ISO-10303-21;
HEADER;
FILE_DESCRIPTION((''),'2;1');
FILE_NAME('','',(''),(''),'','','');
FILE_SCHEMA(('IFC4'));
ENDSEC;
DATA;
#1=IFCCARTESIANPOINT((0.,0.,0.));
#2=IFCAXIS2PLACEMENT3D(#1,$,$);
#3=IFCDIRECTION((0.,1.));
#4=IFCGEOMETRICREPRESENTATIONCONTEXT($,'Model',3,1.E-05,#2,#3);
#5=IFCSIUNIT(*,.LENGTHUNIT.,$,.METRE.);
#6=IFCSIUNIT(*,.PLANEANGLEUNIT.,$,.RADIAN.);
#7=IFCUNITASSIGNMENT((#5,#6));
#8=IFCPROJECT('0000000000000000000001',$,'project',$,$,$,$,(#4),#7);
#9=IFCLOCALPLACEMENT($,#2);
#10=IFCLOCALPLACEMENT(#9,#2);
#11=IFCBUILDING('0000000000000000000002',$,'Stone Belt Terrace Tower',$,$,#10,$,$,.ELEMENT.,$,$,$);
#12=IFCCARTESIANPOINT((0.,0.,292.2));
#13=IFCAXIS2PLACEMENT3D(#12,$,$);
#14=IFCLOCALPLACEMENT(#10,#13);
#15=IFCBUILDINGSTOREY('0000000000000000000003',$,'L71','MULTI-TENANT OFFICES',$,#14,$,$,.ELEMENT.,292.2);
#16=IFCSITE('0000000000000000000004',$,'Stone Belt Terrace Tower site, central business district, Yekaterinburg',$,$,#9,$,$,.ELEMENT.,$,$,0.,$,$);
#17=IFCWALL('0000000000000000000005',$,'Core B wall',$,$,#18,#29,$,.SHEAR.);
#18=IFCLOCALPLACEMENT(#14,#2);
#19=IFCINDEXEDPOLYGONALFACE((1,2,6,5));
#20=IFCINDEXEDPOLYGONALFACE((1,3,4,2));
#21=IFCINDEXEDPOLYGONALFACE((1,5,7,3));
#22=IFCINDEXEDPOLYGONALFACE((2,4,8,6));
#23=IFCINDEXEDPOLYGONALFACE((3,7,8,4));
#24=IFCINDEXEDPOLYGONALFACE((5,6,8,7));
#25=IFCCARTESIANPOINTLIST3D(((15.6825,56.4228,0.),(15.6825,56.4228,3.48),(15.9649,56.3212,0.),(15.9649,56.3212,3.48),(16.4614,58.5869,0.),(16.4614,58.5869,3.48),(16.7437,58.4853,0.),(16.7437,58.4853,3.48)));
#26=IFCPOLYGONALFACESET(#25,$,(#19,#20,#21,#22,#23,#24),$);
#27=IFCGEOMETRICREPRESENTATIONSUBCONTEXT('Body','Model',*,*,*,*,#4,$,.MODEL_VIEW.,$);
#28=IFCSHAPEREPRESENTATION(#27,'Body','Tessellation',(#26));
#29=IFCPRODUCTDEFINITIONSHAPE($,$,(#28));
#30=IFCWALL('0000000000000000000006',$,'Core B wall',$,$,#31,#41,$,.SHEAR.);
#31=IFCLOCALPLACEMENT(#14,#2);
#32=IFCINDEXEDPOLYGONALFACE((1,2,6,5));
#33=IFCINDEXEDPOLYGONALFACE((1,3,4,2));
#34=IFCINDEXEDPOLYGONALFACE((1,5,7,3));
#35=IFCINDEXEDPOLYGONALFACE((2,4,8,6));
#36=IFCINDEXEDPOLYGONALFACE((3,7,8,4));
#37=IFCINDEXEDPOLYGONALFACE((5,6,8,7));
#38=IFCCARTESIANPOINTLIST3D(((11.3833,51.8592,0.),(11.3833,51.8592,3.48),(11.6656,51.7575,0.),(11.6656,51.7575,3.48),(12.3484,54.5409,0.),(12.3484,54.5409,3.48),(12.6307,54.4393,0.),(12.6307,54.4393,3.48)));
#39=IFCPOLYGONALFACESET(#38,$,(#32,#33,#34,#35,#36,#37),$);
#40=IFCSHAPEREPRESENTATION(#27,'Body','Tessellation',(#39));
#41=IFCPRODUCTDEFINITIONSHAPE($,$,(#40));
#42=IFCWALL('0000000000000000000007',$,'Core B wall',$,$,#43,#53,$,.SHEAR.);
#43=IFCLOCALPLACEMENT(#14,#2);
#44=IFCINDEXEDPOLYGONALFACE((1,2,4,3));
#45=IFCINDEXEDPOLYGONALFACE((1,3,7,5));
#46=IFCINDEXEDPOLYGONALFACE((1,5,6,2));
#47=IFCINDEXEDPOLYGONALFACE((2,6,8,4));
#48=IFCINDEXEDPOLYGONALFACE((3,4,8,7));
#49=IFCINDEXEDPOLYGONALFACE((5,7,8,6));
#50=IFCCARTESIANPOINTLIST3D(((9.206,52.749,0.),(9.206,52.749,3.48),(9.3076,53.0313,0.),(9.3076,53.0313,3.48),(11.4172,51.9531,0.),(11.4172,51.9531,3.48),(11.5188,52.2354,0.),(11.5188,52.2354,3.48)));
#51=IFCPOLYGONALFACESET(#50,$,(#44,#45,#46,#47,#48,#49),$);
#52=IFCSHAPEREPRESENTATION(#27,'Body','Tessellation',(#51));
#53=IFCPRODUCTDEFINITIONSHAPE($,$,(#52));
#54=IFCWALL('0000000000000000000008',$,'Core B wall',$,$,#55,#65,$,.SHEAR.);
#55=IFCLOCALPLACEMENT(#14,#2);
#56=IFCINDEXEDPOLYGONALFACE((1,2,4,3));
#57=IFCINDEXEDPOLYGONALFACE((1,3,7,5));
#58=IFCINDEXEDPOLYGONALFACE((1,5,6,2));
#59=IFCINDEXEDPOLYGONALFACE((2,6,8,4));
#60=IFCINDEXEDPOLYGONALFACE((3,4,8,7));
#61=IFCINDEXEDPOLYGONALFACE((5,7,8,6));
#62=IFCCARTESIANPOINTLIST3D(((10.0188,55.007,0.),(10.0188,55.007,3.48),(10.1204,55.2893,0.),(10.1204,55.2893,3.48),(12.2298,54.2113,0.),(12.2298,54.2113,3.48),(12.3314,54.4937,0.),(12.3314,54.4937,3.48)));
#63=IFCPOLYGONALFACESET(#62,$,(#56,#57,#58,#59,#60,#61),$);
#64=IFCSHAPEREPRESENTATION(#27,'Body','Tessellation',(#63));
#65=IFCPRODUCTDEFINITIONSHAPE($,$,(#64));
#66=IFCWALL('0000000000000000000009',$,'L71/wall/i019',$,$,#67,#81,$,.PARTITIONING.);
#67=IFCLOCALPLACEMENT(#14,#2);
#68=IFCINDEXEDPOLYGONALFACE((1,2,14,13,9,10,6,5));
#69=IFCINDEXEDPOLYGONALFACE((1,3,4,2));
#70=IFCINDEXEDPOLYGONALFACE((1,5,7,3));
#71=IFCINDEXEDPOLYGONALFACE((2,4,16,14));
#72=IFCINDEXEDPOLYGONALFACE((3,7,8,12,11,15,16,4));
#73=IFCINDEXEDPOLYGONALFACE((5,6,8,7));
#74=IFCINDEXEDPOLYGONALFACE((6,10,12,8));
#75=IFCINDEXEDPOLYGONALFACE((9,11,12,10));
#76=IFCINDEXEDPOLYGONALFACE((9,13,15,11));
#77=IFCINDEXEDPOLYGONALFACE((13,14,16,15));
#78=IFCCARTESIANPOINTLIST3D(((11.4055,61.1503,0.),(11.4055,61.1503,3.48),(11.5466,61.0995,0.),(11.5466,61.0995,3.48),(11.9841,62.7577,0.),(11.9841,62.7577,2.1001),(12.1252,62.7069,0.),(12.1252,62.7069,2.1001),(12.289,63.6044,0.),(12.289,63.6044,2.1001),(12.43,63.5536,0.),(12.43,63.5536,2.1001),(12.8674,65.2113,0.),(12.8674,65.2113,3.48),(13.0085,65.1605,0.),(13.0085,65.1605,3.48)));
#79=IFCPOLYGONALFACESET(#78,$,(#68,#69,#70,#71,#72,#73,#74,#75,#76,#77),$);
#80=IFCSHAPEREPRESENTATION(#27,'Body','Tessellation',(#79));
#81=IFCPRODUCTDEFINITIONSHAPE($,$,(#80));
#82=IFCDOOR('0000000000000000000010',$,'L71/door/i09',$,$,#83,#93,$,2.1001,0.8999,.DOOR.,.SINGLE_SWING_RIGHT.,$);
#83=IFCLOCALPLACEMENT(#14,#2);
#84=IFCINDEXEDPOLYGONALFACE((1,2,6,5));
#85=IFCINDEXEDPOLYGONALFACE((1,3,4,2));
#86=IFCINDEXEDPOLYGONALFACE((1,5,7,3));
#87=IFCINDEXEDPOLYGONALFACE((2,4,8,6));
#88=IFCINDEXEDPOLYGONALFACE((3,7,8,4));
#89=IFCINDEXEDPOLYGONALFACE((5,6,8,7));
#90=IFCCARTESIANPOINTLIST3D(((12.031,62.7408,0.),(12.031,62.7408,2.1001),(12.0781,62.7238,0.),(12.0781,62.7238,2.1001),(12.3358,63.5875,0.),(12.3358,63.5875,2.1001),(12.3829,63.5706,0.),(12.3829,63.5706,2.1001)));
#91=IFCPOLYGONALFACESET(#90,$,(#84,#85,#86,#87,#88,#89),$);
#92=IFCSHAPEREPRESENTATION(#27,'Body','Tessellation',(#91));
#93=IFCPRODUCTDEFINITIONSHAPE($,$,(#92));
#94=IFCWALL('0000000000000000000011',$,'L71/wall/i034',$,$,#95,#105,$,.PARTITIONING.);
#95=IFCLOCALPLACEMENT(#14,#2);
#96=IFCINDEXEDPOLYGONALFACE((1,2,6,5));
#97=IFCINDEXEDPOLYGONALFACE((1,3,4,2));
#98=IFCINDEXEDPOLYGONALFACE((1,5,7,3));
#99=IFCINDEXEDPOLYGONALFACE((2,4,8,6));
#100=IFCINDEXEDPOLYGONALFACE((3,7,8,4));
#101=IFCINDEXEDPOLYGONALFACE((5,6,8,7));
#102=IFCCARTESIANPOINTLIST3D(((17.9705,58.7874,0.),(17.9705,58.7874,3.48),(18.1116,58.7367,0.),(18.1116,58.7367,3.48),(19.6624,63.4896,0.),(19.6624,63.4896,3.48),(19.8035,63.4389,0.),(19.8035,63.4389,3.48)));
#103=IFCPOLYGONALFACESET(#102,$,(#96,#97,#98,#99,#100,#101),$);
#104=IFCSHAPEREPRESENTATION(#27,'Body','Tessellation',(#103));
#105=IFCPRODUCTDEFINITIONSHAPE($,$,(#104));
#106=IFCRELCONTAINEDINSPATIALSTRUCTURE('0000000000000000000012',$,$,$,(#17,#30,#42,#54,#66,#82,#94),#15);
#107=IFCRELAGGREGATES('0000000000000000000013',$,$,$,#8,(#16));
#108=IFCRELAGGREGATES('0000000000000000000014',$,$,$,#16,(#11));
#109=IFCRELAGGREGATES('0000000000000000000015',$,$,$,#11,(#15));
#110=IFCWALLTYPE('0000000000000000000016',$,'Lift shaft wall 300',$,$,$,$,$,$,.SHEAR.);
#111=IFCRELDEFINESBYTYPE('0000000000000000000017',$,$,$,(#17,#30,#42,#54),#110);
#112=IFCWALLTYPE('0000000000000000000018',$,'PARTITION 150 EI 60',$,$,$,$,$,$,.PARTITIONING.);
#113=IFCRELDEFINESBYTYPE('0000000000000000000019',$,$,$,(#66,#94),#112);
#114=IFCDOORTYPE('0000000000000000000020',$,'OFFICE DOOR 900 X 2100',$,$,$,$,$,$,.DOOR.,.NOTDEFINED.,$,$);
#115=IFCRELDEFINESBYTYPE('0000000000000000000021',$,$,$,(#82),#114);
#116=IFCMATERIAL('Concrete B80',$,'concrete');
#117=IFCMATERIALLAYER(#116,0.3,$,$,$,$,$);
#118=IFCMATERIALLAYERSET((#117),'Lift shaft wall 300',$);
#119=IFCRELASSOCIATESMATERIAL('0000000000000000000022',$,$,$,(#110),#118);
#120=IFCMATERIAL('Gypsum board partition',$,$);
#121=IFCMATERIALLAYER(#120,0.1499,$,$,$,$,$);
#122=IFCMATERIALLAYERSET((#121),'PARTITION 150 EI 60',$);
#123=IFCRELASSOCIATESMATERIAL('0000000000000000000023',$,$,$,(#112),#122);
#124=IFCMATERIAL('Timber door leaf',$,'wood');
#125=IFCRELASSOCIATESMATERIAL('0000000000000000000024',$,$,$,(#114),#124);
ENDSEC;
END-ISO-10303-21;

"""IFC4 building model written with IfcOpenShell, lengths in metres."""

from ifc_helpers import new_model, si_unit, direction, frame, frame_2d, origin, place, context, subcontext, project, spatial, rectangle, extrude, material, layer, layer_set, type_object, element, fill, save


model = new_model("IFC4")

# Units and contexts
model_context = context("Model", 3, precision=1e-05, world=origin(), true_north=direction((0.0, 1.0)))
body_context = subcontext(model_context, "Body", "Model", "MODEL_VIEW")
ifc_project = project(units=[si_unit("LENGTHUNIT", "METRE"), si_unit("PLANEANGLEUNIT", "RADIAN")], contexts=[model_context])

# Site, building, storey
site_placement = place(None, origin())
site = spatial("IfcSite", under=ifc_project, at=site_placement, Name="Stone Belt Terrace Tower site, central business district, Yekaterinburg", CompositionType="ELEMENT", RefElevation=0.0)
building_placement = place(site_placement, origin())
building = spatial("IfcBuilding", under=site, at=building_placement, Name="Stone Belt Terrace Tower", CompositionType="ELEMENT")
storey_placement = place(building_placement, frame((0.0, 0.0, 292.2)))
storey = spatial("IfcBuildingStorey", under=building, at=storey_placement, Name="L71", Description="MULTI-TENANT OFFICES", CompositionType="ELEMENT", Elevation=292.2)

# Shared definitions
ifc_material_1 = material(Name="Timber door leaf", Category="wood")

# Walls
ifc_material_2 = material(Name="Concrete B80", Category="concrete")
ifc_layer_1 = layer(ifc_material_2, 0.3)
ifc_layer_set_1 = layer_set([ifc_layer_1], Name="Lift shaft wall 300")
wall_type_1 = type_object("IfcWallType", Name="Lift shaft wall 300", PredefinedType="SHEAR", material=ifc_layer_set_1)
wall_1_placement = place(storey_placement, frame((15.8237, 56.3721, 0.0), z_axis=(0.0, 0.0, 1.0), x_axis=(0.338622, 0.940923, 0.0)))
element("IfcWall", 1, at=wall_1_placement, inside=storey, type_object=wall_type_1, Name="Core B wall", PredefinedType="SHEAR", context=body_context, shape_type="SweptSolid", body=[
    extrude(rectangle(XDim=2.3, YDim=0.3, at=frame_2d((1.1499, 0.0))), origin(), (0.0, 0.0, 1.0), 3.48),
])
wall_2_placement = place(storey_placement, frame((11.5244, 51.8083, 0.0), z_axis=(0.0, 0.0, 1.0), x_axis=(0.338625, 0.940921, 0.0)))
element("IfcWall", 2, at=wall_2_placement, inside=storey, type_object=wall_type_1, Name="Core B wall", PredefinedType="SHEAR", context=body_context, shape_type="SweptSolid", body=[
    extrude(rectangle(XDim=2.8501, YDim=0.3, at=frame_2d((1.425, 0.0))), origin(), (0.0, 0.0, 1.0), 3.48),
])
wall_3_placement = place(storey_placement, frame((11.468, 52.0942, 0.0), z_axis=(0.0, 0.0, 1.0), x_axis=(-0.940905, 0.338672, 0.0)))
element("IfcWall", 3, at=wall_3_placement, inside=storey, type_object=wall_type_1, Name="Core B wall", PredefinedType="SHEAR", context=body_context, shape_type="SweptSolid", body=[
    extrude(rectangle(XDim=2.3501, YDim=0.3, at=frame_2d((1.175, 0.0))), origin(), (0.0, 0.0, 1.0), 3.48),
])
wall_4_placement = place(storey_placement, frame((12.2805, 54.3525, 0.0), z_axis=(0.0, 0.0, 1.0), x_axis=(-0.940926, 0.338613, 0.0)))
element("IfcWall", 4, at=wall_4_placement, inside=storey, type_object=wall_type_1, Name="Core B wall", PredefinedType="SHEAR", context=body_context, shape_type="SweptSolid", body=[
    extrude(rectangle(XDim=2.3499, YDim=0.3, at=frame_2d((1.1748, 0.0))), origin(), (0.0, 0.0, 1.0), 3.48),
])

# Wall, opening, door
ifc_material_3 = material(Name="Gypsum board partition")
ifc_layer_2 = layer(ifc_material_3, 0.1499)
ifc_layer_set_2 = layer_set([ifc_layer_2], Name="PARTITION 150 EI 60")
wall_type_2 = type_object("IfcWallType", Name="PARTITION 150 EI 60", PredefinedType="PARTITIONING", material=ifc_layer_set_2)
wall_5_placement = place(storey_placement, frame((12.938, 65.186, 0.0), z_axis=(0.0, 0.0, 1.0), x_axis=(-0.338707, -0.940892, 0.0)))
wall_5 = element("IfcWall", 5, at=wall_5_placement, inside=storey, type_object=wall_type_2, Name="L71/wall/i019", PredefinedType="PARTITIONING", context=body_context, shape_type="SweptSolid", body=[
    extrude(rectangle(XDim=4.3162, YDim=0.1499, at=frame_2d((2.1582, 0.0))), origin(), (0.0, 0.0, 1.0), 3.48),
])
opening_1_placement = place(wall_5_placement, frame((1.708, 0.0, 0.0)))
opening_1 = element("IfcOpeningElement", 6, at=opening_1_placement, cuts=wall_5, PredefinedType="OPENING", context=body_context, shape_type="SweptSolid", body=[
    extrude(rectangle(XDim=0.8999, YDim=2.1001, at=frame_2d((0.45, 1.05))), frame((0.0, 0.085, 0.0), z_axis=(0.0, -1.0, 0.0), x_axis=(1.0, 0.0, 0.0)), (0.0, 0.0, 1.0), 0.1699),
])
door_type_1 = type_object("IfcDoorType", Name="OFFICE DOOR 900 X 2100", OperationType="NOTDEFINED", PredefinedType="DOOR", material=ifc_material_1)
door_1_placement = place(opening_1_placement, origin())
door_1 = element("IfcDoor", 7, at=door_1_placement, inside=storey, type_object=door_type_1, Name="L71/door/i09", OperationType="SINGLE_SWING_RIGHT", OverallHeight=2.1001, OverallWidth=0.8999, PredefinedType="DOOR", context=body_context, shape_type="SweptSolid", body=[
    extrude(rectangle(XDim=0.8999, YDim=2.1001, at=frame_2d((0.45, 1.05))), frame((0.0, 0.0249, 0.0), z_axis=(0.0, -1.0, 0.0), x_axis=(1.0, 0.0, 0.0)), (0.0, 0.0, 1.0), 0.05),
])
fill(opening_1, door_1)

# Wall
wall_6_placement = place(storey_placement, frame((19.7329, 63.4641, 0.0), z_axis=(0.0, 0.0, 1.0), x_axis=(-0.338564, -0.940943, 0.0)))
element("IfcWall", 8, at=wall_6_placement, inside=storey, type_object=wall_type_2, Name="L71/wall/i034", PredefinedType="PARTITIONING", context=body_context, shape_type="SweptSolid", body=[
    extrude(rectangle(XDim=4.9973, YDim=0.1499, at=frame_2d((2.4985, 0.0))), origin(), (0.0, 0.0, 1.0), 3.48),
])

save(model, "model.ifc")
